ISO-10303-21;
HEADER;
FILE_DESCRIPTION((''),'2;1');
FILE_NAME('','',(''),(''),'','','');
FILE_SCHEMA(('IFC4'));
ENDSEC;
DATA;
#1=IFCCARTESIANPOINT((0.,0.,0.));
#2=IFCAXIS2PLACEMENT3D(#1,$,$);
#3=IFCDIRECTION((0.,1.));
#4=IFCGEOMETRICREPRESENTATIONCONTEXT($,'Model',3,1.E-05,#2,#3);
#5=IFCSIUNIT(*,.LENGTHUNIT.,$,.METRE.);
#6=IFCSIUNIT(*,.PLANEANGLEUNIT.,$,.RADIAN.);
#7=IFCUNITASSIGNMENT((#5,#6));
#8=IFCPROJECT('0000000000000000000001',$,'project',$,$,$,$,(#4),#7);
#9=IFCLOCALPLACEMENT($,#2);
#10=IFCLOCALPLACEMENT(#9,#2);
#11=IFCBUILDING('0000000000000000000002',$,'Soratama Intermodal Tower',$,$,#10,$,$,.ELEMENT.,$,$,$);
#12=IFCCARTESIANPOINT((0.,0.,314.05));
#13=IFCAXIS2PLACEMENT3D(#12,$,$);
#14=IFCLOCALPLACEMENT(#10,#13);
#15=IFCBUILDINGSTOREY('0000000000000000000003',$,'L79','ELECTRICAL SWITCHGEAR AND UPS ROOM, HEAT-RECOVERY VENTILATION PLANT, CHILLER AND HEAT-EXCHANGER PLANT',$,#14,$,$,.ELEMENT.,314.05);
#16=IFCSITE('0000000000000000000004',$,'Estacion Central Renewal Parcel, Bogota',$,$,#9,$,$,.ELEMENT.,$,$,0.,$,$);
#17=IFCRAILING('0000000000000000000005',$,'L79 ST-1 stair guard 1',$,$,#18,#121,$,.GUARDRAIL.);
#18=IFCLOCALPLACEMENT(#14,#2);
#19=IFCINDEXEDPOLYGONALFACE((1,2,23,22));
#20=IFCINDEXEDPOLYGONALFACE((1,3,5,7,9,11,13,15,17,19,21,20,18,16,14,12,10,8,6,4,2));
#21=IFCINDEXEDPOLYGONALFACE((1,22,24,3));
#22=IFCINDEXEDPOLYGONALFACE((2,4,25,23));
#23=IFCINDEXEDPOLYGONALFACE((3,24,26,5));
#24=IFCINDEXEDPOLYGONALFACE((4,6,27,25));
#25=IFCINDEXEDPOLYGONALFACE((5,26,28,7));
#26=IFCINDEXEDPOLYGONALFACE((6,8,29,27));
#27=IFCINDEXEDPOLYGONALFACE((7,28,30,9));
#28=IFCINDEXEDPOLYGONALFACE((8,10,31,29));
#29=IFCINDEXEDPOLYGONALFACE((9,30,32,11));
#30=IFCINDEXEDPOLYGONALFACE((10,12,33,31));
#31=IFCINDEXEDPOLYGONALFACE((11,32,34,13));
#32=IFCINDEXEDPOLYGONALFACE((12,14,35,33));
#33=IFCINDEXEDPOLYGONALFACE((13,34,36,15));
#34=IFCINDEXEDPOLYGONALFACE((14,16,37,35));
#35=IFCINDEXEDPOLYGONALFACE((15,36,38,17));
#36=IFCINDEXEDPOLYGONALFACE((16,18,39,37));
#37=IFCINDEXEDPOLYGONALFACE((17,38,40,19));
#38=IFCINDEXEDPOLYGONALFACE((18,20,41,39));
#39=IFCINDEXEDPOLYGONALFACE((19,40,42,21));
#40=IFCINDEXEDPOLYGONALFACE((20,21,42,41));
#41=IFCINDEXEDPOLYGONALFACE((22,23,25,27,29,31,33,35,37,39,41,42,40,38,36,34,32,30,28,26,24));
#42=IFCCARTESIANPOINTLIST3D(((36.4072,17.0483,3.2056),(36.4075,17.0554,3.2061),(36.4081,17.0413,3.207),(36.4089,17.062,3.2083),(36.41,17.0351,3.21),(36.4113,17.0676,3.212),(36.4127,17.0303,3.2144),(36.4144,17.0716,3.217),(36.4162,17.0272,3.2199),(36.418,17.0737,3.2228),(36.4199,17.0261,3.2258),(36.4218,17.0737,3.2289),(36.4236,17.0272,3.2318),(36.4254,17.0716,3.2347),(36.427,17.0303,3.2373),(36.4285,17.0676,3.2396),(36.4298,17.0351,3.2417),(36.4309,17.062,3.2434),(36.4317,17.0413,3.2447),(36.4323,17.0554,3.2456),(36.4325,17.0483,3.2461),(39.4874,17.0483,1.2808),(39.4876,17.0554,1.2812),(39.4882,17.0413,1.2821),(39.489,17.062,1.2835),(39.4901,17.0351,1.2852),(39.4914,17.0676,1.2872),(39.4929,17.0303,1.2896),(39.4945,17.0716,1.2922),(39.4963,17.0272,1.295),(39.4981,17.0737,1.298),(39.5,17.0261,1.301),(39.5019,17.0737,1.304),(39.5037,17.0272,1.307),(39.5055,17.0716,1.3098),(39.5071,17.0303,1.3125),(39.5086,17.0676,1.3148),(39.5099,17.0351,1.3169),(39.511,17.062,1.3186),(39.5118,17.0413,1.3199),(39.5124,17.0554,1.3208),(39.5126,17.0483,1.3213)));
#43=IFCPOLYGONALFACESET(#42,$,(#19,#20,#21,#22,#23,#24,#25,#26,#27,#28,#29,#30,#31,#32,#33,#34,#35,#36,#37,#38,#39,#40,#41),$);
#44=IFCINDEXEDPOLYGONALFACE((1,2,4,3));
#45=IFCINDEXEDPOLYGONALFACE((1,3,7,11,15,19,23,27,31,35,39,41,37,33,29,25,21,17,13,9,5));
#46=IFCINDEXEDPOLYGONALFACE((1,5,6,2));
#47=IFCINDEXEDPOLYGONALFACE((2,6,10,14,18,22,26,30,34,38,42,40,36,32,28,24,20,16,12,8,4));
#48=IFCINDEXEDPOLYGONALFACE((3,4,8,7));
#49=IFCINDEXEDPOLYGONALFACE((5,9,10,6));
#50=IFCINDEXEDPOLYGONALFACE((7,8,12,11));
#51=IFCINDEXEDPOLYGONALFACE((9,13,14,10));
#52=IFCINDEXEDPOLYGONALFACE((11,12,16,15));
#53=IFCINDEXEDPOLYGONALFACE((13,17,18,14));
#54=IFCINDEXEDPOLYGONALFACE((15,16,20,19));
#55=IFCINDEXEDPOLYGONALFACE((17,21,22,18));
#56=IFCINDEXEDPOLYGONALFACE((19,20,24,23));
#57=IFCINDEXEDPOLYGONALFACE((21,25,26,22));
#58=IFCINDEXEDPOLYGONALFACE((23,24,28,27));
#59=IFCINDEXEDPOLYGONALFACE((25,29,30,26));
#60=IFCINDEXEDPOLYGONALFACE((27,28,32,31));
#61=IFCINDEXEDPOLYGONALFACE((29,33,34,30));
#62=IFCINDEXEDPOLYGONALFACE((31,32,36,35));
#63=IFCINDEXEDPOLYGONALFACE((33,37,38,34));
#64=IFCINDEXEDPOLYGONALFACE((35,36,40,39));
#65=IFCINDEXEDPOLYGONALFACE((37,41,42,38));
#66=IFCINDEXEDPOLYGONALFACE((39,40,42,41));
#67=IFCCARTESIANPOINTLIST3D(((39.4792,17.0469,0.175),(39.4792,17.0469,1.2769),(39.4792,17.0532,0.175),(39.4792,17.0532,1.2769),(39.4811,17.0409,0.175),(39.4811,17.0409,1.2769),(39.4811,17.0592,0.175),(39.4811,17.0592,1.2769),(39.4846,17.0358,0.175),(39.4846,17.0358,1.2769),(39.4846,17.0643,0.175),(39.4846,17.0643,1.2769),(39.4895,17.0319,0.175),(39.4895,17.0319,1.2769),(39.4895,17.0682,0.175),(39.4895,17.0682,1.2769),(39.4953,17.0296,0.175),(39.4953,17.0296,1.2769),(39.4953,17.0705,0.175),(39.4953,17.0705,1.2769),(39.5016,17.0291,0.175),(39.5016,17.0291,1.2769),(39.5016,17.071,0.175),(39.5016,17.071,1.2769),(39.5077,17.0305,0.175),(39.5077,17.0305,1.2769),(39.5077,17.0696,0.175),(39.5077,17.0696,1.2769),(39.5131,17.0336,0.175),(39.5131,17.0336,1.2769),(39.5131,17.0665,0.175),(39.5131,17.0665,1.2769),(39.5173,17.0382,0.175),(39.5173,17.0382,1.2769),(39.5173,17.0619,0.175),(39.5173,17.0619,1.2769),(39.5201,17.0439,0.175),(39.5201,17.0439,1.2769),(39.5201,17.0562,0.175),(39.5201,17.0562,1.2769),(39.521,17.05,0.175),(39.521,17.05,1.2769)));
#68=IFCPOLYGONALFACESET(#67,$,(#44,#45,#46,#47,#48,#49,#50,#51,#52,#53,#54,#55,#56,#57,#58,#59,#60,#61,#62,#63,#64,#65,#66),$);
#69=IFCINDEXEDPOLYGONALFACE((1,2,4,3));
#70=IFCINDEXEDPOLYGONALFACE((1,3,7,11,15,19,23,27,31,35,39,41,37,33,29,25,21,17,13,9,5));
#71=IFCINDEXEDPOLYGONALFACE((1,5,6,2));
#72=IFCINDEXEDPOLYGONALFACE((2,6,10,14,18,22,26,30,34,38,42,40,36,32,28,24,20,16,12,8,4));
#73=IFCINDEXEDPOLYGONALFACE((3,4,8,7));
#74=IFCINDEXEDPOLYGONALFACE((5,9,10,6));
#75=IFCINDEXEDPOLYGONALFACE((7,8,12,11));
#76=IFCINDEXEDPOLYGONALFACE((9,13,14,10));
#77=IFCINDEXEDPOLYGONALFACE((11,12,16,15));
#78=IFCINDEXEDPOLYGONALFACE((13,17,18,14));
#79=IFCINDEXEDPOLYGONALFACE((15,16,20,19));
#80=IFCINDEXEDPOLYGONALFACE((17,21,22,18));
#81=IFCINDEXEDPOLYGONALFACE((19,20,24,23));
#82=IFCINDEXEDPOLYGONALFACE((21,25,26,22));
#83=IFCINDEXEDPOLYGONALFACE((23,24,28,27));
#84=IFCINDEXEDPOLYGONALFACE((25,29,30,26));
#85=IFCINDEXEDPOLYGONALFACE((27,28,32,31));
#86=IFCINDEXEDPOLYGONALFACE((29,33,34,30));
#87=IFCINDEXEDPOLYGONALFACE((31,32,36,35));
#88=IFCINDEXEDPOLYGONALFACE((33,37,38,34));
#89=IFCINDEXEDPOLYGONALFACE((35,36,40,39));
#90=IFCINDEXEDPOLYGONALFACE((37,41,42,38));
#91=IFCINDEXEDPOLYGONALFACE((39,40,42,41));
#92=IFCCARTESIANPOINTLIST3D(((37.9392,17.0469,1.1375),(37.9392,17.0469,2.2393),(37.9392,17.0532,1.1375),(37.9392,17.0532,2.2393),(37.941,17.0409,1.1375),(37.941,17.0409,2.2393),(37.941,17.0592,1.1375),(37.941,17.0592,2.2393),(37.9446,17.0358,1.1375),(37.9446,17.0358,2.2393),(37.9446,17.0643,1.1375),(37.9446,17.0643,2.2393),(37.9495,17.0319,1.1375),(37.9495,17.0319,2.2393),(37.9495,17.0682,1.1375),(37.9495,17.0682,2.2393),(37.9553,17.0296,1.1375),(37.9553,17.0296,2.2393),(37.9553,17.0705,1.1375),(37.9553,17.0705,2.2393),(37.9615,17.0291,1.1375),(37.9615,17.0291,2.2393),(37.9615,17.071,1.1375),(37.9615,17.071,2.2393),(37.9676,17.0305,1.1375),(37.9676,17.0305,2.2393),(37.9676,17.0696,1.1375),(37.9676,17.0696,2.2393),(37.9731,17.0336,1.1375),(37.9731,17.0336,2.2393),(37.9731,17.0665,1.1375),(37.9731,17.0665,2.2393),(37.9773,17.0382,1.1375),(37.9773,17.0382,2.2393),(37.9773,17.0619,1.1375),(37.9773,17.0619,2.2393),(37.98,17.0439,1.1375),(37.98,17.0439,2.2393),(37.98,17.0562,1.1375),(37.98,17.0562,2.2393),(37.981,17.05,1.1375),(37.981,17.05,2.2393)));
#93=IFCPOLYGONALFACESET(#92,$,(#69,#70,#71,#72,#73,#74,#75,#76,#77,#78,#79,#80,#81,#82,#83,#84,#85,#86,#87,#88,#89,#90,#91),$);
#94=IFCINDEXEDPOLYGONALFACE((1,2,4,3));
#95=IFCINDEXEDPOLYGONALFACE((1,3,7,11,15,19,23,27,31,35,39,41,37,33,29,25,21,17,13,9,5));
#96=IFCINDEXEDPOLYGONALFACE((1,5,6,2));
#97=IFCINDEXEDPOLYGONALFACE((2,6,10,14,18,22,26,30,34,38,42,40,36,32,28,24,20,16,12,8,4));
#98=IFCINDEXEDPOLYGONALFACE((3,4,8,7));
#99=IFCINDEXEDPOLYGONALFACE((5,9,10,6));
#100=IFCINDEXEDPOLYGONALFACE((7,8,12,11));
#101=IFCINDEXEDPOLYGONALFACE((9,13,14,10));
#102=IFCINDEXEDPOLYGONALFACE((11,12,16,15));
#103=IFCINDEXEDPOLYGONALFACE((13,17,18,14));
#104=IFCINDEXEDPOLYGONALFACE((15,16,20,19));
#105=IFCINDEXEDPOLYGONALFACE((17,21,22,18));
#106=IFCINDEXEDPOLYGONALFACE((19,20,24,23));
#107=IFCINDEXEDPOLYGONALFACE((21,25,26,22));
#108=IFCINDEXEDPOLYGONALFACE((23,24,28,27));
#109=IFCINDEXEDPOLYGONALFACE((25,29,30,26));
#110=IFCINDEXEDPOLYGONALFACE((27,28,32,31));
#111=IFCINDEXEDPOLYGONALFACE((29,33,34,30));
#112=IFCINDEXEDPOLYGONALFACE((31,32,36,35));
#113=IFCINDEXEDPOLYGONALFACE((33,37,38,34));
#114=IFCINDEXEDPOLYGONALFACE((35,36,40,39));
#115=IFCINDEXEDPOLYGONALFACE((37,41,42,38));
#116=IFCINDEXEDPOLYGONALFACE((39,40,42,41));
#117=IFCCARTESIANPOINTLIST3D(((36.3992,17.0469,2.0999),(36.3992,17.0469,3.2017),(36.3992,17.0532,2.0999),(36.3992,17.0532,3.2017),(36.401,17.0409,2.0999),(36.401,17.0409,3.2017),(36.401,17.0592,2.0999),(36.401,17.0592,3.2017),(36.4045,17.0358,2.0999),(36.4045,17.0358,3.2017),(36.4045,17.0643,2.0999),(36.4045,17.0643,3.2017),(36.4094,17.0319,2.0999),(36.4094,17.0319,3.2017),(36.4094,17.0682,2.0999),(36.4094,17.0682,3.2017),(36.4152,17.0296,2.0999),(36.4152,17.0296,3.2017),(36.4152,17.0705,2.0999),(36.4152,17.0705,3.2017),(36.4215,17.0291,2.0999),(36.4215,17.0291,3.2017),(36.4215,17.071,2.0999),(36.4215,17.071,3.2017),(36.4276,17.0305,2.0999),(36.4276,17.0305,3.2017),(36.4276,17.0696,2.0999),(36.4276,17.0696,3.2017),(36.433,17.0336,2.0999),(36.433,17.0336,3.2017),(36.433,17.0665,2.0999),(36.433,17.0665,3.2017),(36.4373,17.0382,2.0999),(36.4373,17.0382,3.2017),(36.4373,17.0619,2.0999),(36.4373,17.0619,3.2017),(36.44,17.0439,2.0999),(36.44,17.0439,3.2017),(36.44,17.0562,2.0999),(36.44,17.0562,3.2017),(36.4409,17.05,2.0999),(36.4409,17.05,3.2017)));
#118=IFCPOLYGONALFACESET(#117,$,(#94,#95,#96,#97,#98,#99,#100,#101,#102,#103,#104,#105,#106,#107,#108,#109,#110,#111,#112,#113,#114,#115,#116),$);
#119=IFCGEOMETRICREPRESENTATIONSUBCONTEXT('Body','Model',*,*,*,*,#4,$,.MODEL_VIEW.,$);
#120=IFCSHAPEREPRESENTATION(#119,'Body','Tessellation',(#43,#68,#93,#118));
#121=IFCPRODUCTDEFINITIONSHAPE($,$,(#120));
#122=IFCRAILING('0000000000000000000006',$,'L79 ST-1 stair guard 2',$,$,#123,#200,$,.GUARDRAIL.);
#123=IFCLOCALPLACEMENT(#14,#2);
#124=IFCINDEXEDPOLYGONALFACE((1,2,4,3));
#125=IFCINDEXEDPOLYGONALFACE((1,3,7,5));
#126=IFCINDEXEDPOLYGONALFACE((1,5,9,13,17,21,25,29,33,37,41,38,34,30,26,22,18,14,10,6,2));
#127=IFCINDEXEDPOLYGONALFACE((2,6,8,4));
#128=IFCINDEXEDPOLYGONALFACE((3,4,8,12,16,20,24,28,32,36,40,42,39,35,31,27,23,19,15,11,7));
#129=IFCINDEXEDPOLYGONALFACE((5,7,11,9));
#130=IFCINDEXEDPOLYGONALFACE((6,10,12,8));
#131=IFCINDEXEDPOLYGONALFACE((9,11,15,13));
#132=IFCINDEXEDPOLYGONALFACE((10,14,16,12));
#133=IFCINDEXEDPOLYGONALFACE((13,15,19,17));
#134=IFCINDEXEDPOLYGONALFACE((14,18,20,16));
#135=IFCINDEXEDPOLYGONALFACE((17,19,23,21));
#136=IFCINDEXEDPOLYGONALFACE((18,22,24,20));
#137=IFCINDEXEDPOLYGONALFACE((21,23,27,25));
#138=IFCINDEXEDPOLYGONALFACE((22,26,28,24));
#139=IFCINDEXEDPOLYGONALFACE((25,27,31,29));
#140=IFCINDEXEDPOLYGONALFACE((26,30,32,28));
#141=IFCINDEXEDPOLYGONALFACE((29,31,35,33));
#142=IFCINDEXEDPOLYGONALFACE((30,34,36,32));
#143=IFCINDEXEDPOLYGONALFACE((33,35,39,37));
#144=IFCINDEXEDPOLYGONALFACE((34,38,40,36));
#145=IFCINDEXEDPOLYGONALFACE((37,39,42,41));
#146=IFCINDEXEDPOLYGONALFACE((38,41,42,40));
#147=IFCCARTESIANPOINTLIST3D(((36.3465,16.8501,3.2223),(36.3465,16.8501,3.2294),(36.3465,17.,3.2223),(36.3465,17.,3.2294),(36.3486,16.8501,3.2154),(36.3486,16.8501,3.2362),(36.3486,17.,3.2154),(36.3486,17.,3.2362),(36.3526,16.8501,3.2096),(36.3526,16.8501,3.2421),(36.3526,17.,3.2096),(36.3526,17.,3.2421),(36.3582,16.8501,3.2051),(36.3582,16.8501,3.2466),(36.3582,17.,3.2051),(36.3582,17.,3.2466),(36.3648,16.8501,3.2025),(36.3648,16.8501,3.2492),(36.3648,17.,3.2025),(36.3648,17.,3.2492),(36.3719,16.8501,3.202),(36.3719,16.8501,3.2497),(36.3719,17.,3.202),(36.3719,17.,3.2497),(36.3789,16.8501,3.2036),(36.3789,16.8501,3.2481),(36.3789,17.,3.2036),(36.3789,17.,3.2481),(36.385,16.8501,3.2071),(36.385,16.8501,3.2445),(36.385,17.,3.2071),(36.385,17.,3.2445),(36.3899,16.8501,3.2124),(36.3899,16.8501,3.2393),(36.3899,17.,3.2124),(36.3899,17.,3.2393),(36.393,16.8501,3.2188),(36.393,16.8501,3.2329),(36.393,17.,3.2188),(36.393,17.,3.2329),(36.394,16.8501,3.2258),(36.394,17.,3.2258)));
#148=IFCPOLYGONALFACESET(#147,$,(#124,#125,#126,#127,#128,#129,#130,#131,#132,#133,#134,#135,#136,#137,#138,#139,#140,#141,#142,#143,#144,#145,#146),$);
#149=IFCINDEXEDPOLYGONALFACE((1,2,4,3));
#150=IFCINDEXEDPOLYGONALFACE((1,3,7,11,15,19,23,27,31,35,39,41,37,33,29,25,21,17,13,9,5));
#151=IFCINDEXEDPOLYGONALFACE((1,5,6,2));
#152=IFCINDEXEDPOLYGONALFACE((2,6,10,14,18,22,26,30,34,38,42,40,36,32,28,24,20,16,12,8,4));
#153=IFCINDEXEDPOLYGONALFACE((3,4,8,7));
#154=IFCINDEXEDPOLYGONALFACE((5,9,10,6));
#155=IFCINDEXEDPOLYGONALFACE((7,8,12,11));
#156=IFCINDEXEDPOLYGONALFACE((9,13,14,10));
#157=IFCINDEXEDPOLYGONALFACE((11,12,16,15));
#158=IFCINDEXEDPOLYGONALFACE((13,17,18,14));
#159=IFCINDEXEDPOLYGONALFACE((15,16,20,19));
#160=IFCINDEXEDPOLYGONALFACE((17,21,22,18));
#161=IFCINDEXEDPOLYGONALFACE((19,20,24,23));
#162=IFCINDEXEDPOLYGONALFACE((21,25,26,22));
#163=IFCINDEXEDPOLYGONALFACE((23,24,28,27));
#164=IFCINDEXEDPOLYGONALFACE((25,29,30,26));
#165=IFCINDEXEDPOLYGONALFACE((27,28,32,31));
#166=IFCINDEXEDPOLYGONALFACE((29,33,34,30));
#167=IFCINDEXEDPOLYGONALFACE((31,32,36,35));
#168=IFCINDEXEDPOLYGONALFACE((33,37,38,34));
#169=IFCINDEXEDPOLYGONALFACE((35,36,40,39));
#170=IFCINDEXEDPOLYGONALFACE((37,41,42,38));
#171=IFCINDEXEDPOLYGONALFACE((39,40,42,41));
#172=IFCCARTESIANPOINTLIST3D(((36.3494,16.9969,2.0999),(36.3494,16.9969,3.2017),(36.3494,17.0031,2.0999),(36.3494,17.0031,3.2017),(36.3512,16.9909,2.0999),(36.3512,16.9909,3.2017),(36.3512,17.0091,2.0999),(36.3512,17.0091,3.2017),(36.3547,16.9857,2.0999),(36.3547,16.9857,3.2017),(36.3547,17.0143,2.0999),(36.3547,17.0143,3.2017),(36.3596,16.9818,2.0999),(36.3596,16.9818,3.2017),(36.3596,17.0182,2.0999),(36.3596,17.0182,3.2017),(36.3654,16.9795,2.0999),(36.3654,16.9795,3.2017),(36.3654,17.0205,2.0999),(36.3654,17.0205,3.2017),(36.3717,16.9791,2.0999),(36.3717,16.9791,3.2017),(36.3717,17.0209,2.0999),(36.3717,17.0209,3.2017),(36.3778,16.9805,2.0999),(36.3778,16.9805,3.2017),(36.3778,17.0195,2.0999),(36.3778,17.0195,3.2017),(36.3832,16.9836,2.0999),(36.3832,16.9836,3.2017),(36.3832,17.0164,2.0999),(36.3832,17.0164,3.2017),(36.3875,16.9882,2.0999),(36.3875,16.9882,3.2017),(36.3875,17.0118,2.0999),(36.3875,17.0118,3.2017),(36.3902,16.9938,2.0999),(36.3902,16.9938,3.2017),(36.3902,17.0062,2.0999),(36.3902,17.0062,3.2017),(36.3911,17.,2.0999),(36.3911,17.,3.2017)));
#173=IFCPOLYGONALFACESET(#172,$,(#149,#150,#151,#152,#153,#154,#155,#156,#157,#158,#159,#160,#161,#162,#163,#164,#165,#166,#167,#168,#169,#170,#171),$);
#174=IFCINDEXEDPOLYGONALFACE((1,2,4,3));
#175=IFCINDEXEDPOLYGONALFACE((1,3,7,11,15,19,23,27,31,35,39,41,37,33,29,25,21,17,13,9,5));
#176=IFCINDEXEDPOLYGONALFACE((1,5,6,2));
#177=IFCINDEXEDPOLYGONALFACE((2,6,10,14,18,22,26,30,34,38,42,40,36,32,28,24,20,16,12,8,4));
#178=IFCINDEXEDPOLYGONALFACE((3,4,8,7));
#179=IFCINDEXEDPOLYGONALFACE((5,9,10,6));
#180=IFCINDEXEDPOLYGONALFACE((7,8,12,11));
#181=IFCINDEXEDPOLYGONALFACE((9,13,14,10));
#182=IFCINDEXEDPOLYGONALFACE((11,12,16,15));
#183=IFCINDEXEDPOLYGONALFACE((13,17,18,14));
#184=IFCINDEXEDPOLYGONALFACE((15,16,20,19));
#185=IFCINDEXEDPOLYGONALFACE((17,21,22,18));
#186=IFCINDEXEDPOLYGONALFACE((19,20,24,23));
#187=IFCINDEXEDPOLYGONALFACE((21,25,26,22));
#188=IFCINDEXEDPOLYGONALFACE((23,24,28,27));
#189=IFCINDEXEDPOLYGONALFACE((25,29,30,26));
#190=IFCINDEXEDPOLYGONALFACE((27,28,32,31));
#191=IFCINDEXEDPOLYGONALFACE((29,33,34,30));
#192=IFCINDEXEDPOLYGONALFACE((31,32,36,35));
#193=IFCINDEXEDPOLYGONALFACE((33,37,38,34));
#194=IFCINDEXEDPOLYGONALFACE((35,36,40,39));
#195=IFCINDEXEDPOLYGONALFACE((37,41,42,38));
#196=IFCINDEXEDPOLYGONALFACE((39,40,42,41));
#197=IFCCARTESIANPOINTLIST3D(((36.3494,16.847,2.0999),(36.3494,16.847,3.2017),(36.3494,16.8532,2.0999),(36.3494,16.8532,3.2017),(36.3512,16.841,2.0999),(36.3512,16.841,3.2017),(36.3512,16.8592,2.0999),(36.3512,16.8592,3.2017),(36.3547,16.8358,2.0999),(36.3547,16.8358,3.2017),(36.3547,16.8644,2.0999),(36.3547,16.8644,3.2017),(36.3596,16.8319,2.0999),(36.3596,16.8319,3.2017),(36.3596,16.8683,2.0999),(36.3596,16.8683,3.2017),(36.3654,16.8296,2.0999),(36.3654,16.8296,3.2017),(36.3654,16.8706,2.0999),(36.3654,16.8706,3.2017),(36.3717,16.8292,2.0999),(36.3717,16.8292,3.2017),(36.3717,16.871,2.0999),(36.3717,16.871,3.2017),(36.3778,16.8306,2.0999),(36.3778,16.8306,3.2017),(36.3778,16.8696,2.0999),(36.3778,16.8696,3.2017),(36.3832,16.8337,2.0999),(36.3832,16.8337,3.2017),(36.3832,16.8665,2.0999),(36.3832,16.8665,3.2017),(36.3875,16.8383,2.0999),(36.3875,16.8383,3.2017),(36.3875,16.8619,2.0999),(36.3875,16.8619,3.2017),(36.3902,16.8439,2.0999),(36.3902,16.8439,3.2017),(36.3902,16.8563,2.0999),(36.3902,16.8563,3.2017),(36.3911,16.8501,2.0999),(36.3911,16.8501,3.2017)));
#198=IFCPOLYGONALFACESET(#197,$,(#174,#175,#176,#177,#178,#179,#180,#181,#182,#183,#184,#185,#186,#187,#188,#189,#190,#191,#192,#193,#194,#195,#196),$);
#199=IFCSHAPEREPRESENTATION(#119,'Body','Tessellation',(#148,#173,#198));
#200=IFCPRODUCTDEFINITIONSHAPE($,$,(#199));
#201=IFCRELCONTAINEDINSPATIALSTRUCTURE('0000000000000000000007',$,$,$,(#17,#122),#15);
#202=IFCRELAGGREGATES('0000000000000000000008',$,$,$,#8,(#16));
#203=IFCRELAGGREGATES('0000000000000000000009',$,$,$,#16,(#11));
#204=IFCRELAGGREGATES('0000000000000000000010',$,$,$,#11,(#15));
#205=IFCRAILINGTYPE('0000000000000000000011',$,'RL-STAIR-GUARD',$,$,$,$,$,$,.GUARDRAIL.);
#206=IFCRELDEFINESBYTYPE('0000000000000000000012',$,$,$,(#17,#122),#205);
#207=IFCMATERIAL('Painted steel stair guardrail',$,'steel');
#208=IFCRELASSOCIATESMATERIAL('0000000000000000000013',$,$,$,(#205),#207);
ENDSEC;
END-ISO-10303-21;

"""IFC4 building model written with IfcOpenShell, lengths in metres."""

from ifc_helpers import new_model, si_unit, direction, frame, origin, origin_2d, place, context, subcontext, project, spatial, circle, extrude, material, type_object, element, save


model = new_model("IFC4")

# Units and contexts
model_context = context("Model", 3, precision=1e-05, world=origin(), true_north=direction((0.0, 1.0)))
body_context = subcontext(model_context, "Body", "Model", "MODEL_VIEW")
ifc_project = project(units=[si_unit("LENGTHUNIT", "METRE"), si_unit("PLANEANGLEUNIT", "RADIAN")], contexts=[model_context])

# Site, building, storey
site_placement = place(None, origin())
site = spatial("IfcSite", under=ifc_project, at=site_placement, Name="Estacion Central Renewal Parcel, Bogota", CompositionType="ELEMENT", RefElevation=0.0)
building_placement = place(site_placement, origin())
building = spatial("IfcBuilding", under=site, at=building_placement, Name="Soratama Intermodal Tower", CompositionType="ELEMENT")
storey_placement = place(building_placement, frame((0.0, 0.0, 314.05)))
storey = spatial("IfcBuildingStorey", under=building, at=storey_placement, Name="L79", Description="ELECTRICAL SWITCHGEAR AND UPS ROOM, HEAT-RECOVERY VENTILATION PLANT, CHILLER AND HEAT-EXCHANGER PLANT", CompositionType="ELEMENT", Elevation=314.05)

# Railings
ifc_material_1 = material(Name="Painted steel stair guardrail", Category="steel")
railing_type_1 = type_object("IfcRailingType", Name="RL-STAIR-GUARD", PredefinedType="GUARDRAIL", material=ifc_material_1)
railing_1_placement = place(storey_placement, frame((39.5, 17.05, 0.175)))
element("IfcRailing", 1, at=railing_1_placement, inside=storey, type_object=railing_type_1, Name="L79 ST-1 stair guard 1", PredefinedType="GUARDRAIL", context=body_context, shape_type="SweptSolid", body=[
    extrude(circle(Radius=0.0239, at=origin_2d()), frame((0.0, 0.0, 1.126), z_axis=(-0.848029, 0.0, 0.529951), x_axis=(0.0, -1.0, 0.0)), (0.0, 0.0, 1.0), 3.6321),
    extrude(circle(Radius=0.021, at=origin_2d()), origin(), (0.0, 0.0, 1.0), 1.1018),
    extrude(circle(Radius=0.021, at=origin_2d()), frame((-1.54, 0.0, 0.9624)), (0.0, 0.0, 1.0), 1.1018),
    extrude(circle(Radius=0.021, at=origin_2d()), frame((-3.0801, 0.0, 1.9248)), (0.0, 0.0, 1.0), 1.1018),
])
railing_2_placement = place(storey_placement, frame((36.3701, 17.0, 2.0999)))
element("IfcRailing", 2, at=railing_2_placement, inside=storey, type_object=railing_type_1, Name="L79 ST-1 stair guard 2", PredefinedType="GUARDRAIL", context=body_context, shape_type="SweptSolid", body=[
    extrude(circle(Radius=0.0239, at=origin_2d()), frame((0.0, 0.0, 1.126), z_axis=(0.0, -1.0, 0.0), x_axis=(1.0, 0.0, 0.0)), (0.0, 0.0, 1.0), 0.1499),
    extrude(circle(Radius=0.021, at=origin_2d()), origin(), (0.0, 0.0, 1.0), 1.1018),
    extrude(circle(Radius=0.021, at=origin_2d()), frame((0.0, -0.1499, 0.0)), (0.0, 0.0, 1.0), 1.1018),
])

save(model, "model.ifc")
